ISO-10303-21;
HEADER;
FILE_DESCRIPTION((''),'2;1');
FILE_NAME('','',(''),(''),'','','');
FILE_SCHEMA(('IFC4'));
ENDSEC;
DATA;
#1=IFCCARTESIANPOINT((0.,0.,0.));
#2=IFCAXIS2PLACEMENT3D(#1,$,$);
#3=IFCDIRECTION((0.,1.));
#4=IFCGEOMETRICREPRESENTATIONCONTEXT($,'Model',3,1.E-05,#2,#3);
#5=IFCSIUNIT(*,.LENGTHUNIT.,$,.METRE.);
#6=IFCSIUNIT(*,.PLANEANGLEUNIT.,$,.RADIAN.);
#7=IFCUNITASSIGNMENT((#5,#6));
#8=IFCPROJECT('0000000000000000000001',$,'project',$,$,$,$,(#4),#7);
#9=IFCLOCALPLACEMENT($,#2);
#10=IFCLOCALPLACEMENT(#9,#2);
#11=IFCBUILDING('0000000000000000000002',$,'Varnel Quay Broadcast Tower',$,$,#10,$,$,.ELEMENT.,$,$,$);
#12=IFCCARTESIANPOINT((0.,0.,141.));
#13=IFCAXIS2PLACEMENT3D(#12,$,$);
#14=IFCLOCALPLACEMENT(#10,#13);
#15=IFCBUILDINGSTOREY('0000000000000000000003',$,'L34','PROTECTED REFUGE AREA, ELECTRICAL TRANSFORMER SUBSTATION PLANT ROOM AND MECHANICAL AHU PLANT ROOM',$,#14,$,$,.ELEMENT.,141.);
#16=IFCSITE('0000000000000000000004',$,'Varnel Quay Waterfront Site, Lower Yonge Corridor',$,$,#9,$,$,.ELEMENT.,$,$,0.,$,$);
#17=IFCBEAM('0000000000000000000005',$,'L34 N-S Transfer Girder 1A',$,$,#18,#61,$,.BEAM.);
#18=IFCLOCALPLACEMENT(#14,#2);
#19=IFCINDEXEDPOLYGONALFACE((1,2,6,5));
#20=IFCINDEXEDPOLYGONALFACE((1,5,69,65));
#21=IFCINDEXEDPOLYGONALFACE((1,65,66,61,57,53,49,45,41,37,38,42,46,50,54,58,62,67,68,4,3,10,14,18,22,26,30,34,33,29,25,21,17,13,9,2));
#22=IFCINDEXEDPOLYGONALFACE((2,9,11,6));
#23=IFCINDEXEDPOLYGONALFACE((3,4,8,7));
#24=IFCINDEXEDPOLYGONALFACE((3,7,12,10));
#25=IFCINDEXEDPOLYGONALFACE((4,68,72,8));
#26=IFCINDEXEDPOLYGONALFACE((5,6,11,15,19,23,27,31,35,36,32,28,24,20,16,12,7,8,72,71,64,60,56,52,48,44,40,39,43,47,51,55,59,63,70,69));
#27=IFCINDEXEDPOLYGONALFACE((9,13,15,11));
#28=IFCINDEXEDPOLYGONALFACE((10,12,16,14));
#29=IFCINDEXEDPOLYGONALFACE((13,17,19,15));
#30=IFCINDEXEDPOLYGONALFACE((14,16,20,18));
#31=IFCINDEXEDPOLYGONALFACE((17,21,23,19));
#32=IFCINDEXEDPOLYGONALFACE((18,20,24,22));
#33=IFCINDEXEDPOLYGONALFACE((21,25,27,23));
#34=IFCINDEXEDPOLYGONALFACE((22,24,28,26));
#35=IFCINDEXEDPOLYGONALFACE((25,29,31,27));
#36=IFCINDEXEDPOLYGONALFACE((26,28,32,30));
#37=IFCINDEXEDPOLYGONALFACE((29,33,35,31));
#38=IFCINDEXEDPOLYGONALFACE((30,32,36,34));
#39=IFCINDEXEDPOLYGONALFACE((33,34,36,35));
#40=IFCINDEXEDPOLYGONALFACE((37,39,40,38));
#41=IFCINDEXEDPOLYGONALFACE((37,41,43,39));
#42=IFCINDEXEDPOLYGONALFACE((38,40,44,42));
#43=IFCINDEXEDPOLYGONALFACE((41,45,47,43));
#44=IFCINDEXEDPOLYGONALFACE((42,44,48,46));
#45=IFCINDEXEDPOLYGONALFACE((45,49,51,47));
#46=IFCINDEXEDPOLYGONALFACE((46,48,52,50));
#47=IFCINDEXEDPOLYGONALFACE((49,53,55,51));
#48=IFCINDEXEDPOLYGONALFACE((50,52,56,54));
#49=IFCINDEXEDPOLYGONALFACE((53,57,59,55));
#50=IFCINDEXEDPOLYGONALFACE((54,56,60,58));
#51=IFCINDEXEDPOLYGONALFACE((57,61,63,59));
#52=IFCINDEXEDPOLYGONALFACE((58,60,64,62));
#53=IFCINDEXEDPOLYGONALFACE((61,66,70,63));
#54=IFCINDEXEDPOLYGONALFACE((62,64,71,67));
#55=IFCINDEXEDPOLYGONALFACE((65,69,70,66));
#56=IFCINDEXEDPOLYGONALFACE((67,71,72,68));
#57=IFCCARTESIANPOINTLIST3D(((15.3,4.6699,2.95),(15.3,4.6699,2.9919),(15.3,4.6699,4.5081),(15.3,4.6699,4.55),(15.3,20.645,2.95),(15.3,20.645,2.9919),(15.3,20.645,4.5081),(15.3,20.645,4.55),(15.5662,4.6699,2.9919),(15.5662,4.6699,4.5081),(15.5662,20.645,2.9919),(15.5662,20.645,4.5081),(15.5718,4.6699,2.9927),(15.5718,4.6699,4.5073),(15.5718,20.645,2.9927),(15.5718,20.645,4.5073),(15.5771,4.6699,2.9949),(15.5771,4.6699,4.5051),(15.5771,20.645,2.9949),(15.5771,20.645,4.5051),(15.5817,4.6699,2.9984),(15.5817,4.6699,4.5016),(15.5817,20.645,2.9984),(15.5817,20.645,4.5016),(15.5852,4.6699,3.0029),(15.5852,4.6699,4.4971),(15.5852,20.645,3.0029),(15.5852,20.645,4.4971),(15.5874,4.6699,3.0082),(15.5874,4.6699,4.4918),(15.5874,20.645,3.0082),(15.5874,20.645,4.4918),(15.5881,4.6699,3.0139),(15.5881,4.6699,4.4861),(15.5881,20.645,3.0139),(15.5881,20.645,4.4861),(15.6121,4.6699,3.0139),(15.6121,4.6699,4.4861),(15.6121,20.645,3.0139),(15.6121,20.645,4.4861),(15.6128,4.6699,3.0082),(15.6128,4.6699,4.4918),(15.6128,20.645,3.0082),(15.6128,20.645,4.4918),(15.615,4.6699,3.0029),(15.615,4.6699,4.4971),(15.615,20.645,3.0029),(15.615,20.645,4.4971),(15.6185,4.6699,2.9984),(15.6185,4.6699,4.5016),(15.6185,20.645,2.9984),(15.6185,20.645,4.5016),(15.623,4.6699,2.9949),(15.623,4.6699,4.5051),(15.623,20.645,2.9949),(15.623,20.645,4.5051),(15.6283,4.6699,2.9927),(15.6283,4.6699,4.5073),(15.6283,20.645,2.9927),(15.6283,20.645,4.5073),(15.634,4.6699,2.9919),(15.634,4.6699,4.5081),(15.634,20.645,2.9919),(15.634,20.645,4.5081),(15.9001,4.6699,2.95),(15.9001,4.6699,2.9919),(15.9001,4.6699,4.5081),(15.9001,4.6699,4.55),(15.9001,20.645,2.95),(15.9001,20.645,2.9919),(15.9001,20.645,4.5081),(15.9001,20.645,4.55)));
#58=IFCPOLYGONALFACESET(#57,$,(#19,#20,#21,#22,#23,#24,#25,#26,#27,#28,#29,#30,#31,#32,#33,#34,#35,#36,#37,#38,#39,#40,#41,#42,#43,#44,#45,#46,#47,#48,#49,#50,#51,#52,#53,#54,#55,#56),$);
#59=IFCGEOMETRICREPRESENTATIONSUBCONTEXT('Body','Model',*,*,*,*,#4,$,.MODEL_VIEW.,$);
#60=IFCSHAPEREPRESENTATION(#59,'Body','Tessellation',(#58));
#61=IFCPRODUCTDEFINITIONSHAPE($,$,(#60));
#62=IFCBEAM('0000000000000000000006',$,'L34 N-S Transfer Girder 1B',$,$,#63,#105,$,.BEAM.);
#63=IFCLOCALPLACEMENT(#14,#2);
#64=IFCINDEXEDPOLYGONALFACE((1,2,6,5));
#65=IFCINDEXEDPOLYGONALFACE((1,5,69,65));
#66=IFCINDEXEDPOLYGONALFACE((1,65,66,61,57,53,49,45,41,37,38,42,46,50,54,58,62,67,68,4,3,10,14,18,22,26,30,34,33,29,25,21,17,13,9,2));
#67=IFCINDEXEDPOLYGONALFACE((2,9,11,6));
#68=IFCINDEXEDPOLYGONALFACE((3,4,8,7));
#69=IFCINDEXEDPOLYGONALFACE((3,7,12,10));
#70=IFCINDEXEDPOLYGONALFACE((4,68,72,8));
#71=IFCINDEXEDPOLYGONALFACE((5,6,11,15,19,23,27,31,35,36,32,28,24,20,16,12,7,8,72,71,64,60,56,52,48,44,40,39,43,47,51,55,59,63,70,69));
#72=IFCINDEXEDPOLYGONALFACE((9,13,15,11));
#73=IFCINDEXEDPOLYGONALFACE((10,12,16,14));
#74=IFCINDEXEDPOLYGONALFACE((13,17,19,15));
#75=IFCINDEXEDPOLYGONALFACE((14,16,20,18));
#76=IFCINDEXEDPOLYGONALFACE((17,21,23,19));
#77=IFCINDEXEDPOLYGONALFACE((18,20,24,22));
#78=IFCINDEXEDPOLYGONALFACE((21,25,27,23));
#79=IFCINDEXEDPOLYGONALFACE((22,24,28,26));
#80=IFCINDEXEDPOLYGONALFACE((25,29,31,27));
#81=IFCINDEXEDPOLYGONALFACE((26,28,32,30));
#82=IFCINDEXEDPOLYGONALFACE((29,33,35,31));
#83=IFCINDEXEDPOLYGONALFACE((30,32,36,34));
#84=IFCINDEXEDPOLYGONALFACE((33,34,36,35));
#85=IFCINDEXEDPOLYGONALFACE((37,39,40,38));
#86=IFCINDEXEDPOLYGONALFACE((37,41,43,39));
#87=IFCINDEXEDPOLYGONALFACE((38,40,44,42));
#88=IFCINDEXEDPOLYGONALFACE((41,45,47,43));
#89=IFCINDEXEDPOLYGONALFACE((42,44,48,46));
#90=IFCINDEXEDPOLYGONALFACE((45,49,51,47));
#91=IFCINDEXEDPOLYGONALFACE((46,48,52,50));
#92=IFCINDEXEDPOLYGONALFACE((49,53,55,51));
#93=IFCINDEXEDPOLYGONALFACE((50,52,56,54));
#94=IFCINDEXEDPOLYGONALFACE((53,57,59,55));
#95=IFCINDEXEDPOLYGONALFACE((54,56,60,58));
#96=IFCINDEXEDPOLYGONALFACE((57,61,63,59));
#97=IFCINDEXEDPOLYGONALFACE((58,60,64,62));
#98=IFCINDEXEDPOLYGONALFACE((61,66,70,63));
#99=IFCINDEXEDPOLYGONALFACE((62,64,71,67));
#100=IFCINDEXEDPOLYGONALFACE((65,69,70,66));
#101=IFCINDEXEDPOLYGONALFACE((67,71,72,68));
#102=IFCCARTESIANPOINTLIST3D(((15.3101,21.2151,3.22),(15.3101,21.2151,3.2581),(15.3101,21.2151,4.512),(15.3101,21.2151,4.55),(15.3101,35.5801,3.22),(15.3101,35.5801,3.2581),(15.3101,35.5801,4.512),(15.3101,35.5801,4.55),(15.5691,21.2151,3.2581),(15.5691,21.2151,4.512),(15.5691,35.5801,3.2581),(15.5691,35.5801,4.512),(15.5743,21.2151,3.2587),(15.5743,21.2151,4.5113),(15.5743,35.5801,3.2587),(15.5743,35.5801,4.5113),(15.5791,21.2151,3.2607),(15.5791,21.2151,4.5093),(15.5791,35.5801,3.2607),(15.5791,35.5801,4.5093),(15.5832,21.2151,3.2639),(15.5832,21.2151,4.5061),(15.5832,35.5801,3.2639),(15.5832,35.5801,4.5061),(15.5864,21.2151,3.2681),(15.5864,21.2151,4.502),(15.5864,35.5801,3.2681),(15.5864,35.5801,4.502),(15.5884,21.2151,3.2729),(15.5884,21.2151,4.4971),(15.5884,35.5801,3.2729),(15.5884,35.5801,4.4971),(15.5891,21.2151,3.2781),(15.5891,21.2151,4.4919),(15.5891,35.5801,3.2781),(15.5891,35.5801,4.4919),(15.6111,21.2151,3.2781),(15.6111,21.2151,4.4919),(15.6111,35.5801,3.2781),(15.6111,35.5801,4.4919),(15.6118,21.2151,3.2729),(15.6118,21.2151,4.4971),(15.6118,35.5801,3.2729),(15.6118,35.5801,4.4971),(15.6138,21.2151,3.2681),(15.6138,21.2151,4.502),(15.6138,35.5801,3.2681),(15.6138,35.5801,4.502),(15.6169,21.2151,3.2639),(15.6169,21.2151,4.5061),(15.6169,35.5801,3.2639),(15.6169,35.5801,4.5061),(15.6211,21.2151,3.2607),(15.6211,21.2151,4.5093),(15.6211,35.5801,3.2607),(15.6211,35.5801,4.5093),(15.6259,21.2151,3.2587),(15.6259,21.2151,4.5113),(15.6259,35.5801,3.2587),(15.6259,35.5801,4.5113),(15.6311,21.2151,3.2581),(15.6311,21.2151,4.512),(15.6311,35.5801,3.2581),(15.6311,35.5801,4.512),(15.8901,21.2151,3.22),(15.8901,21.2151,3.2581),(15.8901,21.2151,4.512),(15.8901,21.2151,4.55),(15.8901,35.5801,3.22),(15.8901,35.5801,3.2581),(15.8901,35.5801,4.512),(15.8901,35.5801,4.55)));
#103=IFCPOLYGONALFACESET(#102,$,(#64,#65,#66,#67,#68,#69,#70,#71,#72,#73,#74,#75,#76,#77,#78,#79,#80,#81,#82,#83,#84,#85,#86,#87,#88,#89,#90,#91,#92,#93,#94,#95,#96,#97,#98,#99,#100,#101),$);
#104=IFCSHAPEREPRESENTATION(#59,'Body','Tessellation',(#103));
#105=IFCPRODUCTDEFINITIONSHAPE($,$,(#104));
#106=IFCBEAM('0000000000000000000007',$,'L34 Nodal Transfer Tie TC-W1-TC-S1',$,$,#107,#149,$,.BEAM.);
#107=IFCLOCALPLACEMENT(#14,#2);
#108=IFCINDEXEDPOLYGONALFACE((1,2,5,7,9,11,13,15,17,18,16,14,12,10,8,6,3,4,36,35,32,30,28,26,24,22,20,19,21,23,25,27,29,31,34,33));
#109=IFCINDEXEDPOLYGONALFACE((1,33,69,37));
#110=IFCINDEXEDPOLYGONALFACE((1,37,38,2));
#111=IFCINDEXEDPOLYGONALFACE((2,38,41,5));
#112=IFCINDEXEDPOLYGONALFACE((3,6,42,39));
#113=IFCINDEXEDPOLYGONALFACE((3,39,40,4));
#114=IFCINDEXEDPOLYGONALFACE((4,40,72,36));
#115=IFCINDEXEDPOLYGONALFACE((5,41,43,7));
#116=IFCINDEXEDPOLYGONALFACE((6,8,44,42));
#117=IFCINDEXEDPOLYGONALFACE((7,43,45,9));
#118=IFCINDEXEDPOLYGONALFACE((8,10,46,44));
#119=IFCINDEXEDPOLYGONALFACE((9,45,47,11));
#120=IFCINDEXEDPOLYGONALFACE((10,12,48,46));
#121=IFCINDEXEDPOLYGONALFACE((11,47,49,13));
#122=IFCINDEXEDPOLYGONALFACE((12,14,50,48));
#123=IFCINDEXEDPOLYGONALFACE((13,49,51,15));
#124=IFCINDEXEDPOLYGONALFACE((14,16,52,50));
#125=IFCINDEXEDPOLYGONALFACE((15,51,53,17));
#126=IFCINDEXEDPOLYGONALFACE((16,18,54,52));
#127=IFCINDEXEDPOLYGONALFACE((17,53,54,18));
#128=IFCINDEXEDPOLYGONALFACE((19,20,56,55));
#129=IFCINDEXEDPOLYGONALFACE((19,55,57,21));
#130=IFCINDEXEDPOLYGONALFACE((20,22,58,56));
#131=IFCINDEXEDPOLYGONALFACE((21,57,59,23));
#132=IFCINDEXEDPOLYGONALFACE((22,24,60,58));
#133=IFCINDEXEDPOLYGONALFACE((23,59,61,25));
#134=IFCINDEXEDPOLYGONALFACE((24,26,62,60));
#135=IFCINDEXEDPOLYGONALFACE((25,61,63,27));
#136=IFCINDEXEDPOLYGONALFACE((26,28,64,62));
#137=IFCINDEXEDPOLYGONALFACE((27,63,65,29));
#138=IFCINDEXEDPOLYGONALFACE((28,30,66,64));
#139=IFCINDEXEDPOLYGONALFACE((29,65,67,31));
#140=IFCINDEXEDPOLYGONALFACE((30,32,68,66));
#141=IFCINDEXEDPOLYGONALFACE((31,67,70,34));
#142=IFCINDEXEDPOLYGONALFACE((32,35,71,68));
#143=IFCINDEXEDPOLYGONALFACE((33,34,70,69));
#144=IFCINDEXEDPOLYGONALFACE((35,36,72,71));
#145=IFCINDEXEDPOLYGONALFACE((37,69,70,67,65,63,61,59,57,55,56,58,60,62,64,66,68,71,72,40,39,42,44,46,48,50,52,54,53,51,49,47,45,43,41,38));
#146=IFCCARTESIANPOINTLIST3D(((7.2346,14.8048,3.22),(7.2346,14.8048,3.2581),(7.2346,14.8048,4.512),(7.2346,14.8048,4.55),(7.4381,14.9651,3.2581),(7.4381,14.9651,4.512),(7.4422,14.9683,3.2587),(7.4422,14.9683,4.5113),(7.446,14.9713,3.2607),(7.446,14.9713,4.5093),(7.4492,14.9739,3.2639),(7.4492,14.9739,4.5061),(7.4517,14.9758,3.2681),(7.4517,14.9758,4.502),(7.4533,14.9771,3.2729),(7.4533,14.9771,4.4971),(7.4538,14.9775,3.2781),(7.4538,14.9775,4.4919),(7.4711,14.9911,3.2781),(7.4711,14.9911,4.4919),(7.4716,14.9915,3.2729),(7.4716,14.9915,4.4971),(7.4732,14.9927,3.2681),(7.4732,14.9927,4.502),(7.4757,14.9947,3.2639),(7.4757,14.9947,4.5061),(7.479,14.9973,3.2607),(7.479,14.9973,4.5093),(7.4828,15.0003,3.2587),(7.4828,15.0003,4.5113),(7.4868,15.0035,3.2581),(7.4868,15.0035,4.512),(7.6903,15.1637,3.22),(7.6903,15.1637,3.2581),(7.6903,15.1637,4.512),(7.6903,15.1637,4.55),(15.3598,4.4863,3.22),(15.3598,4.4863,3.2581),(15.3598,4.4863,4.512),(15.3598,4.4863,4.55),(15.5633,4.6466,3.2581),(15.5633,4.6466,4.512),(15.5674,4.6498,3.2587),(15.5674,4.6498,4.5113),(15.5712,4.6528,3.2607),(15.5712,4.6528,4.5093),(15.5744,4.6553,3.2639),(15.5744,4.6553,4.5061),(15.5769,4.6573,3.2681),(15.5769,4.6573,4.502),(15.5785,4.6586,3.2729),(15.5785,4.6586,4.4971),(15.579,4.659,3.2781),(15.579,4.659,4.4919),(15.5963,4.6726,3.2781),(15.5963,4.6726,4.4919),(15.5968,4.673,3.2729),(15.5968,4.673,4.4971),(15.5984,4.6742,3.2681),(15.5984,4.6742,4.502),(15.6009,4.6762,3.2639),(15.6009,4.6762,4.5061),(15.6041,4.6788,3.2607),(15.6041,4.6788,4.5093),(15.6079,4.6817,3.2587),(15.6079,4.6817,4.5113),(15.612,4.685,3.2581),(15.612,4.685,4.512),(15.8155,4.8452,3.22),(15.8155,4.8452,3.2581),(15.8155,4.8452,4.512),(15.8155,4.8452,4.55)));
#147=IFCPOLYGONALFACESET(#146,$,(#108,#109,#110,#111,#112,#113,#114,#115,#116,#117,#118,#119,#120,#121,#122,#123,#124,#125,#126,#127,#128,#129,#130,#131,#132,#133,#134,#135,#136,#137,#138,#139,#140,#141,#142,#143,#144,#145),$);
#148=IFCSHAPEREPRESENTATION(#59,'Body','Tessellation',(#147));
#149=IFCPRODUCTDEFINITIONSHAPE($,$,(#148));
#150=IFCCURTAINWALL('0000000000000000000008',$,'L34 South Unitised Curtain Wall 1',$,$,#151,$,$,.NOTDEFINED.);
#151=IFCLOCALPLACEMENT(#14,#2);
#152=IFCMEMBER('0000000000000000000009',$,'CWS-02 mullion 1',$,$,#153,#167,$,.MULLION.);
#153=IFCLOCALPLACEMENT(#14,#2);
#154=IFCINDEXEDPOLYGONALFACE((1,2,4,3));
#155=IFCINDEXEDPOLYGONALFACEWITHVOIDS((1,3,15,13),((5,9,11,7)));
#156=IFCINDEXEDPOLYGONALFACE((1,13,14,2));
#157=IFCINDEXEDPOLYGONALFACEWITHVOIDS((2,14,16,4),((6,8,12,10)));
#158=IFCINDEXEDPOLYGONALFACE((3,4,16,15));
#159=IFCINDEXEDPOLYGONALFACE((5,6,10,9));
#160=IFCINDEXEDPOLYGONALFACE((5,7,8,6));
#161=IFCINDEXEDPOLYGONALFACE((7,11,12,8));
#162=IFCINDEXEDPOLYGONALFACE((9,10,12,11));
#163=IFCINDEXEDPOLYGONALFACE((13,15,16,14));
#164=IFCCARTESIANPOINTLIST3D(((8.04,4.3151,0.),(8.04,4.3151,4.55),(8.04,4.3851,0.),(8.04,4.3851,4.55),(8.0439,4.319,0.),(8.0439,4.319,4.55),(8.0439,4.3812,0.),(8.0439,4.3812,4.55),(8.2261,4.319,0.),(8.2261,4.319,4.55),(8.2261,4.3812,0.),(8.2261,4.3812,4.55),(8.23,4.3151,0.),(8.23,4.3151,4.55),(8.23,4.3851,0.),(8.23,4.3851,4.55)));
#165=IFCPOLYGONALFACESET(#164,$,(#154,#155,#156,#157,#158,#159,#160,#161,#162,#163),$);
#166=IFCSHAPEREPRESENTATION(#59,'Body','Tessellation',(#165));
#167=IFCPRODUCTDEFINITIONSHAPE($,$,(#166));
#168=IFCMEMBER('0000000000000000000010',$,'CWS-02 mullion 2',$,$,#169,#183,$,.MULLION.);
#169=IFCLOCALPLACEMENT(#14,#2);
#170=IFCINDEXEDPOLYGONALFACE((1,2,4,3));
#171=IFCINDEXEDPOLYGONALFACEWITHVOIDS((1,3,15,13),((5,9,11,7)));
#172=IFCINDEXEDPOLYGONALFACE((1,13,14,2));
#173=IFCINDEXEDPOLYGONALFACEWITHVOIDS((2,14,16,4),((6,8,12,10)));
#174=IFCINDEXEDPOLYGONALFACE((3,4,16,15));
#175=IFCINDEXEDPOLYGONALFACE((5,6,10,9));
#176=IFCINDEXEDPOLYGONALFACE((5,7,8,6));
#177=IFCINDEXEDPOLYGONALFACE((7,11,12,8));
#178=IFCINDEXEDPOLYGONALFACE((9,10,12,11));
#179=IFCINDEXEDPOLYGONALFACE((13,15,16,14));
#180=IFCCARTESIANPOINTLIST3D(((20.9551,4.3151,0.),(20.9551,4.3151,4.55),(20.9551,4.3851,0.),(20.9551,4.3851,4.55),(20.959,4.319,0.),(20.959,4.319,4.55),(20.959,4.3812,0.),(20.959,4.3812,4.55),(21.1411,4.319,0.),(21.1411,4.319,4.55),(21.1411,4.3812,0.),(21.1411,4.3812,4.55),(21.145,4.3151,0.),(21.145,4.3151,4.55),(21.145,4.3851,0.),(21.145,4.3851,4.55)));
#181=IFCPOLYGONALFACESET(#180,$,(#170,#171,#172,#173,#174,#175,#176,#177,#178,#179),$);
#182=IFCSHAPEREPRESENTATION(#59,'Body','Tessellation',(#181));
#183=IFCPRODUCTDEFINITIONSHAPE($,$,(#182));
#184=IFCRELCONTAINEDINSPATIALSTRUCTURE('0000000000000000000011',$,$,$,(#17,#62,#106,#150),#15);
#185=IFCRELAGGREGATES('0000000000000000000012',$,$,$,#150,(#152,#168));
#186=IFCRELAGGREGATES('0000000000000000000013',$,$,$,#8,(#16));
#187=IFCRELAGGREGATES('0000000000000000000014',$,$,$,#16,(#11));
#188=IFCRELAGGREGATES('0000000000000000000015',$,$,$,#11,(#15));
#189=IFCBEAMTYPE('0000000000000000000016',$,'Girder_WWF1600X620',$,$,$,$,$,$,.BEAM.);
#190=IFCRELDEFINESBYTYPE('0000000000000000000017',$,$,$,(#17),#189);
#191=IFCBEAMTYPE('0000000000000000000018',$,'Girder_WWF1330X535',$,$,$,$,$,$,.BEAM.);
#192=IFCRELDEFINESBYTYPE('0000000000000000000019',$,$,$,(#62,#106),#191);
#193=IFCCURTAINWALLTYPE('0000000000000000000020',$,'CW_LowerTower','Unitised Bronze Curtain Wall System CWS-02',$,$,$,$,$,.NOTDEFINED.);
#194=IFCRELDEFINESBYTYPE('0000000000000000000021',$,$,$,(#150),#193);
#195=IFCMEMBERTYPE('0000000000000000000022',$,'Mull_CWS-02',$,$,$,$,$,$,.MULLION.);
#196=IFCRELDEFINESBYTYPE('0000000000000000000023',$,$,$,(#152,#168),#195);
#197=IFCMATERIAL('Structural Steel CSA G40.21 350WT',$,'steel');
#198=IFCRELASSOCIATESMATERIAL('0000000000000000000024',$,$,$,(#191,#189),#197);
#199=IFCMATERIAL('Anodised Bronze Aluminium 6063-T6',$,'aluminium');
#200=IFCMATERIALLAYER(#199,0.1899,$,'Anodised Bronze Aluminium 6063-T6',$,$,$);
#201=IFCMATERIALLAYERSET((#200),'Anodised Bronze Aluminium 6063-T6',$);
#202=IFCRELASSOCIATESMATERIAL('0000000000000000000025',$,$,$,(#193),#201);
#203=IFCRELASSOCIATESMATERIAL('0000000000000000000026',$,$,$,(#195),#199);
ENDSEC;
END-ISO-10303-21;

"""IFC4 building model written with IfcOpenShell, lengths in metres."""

from ifc_helpers import new_model, si_unit, direction, frame, origin, origin_2d, place, context, subcontext, project, spatial, hollow_rectangle, i_section, extrude, source, transform, mapped, material, layer, layer_set, material_profile, profile_set, type_object, type_shapes, element, aggregate, save


model = new_model("IFC4")

# Units and contexts
model_context = context("Model", 3, precision=1e-05, world=origin(), true_north=direction((0.0, 1.0)))
body_context = subcontext(model_context, "Body", "Model", "MODEL_VIEW")
ifc_project = project(units=[si_unit("LENGTHUNIT", "METRE"), si_unit("PLANEANGLEUNIT", "RADIAN")], contexts=[model_context])

# Site, building, storey
site_placement = place(None, origin())
site = spatial("IfcSite", under=ifc_project, at=site_placement, Name="Varnel Quay Waterfront Site, Lower Yonge Corridor", CompositionType="ELEMENT", RefElevation=0.0)
building_placement = place(site_placement, origin())
building = spatial("IfcBuilding", under=site, at=building_placement, Name="Varnel Quay Broadcast Tower", CompositionType="ELEMENT")
storey_placement = place(building_placement, frame((0.0, 0.0, 141.0)))
storey = spatial("IfcBuildingStorey", under=building, at=storey_placement, Name="L34", Description="PROTECTED REFUGE AREA, ELECTRICAL TRANSFORMER SUBSTATION PLANT ROOM AND MECHANICAL AHU PLANT ROOM", CompositionType="ELEMENT", Elevation=141.0)

# Beams
ifc_material_1 = material(Name="Structural Steel CSA G40.21 350WT", Category="steel")
ifc_material_profile_1 = material_profile(ifc_material_1, i_section(OverallWidth=0.5801, OverallDepth=1.3301, WebThickness=0.022, FlangeThickness=0.0381, FilletRadius=0.02, at=origin_2d()), Name="WWF1330X535")
ifc_profile_set_1 = profile_set([ifc_material_profile_1], Name="Structural Steel CSA G40.21 350WT")
beam_type_1 = type_object("IfcBeamType", Name="Girder_WWF1330X535", PredefinedType="BEAM", material=ifc_profile_set_1)
ifc_material_profile_2 = material_profile(ifc_material_1, i_section(OverallWidth=0.6001, OverallDepth=1.6001, WebThickness=0.0239, FlangeThickness=0.042, FilletRadius=0.022, at=origin_2d()), Name="WWF1600X620")
ifc_profile_set_2 = profile_set([ifc_material_profile_2], Name="Structural Steel CSA G40.21 350WT")
beam_type_2 = type_object("IfcBeamType", Name="Girder_WWF1600X620", PredefinedType="BEAM", material=ifc_profile_set_2)
shared_shape_1 = source(origin(), body_context, "Body", "SweptSolid", [
    extrude(i_section(OverallWidth=0.6001, OverallDepth=1.6001, WebThickness=0.0239, FlangeThickness=0.042, FilletRadius=0.022, at=origin_2d()), origin(), (0.0, 0.0, 1.0), 15.9751),
])
beam_1_placement = place(storey_placement, frame((15.6001, 4.6699, 3.75), z_axis=(0.0, 1.0, 0.0), x_axis=(-1.0, 0.0, 0.0)))
element("IfcBeam", 1, at=beam_1_placement, inside=storey, type_object=beam_type_2, Name="L34 N-S Transfer Girder 1A", PredefinedType="BEAM", context=body_context, shape_type="MappedRepresentation", body=[
    mapped(shared_shape_1, transform((0.0, 0.0, 0.0), x_axis=(1.0, 0.0, 0.0), y_axis=(0.0, 1.0, 0.0), z_axis=(0.0, 0.0, 1.0), scale=1.0)),
])
shared_shape_2 = source(origin(), body_context, "Body", "SweptSolid", [
    extrude(i_section(OverallWidth=0.5801, OverallDepth=1.3301, WebThickness=0.022, FlangeThickness=0.0381, FilletRadius=0.02, at=origin_2d()), origin(), (0.0, 0.0, 1.0), 14.365),
])
beam_2_placement = place(storey_placement, frame((15.6001, 21.2151, 3.885), z_axis=(0.0, 1.0, 0.0), x_axis=(-1.0, 0.0, 0.0)))
element("IfcBeam", 2, at=beam_2_placement, inside=storey, type_object=beam_type_1, Name="L34 N-S Transfer Girder 1B", PredefinedType="BEAM", context=body_context, shape_type="MappedRepresentation", body=[
    mapped(shared_shape_2, transform((0.0, 0.0, 0.0), x_axis=(1.0, 0.0, 0.0), y_axis=(0.0, 1.0, 0.0), z_axis=(0.0, 0.0, 1.0), scale=1.0)),
])
shared_shape_3 = source(origin(), body_context, "Body", "SweptSolid", [
    extrude(i_section(OverallWidth=0.5801, OverallDepth=1.3301, WebThickness=0.022, FlangeThickness=0.0381, FilletRadius=0.02, at=origin_2d()), origin(), (0.0, 0.0, 1.0), 13.1335),
])
beam_3_placement = place(storey_placement, frame((15.5876, 4.6658, 3.885), z_axis=(-0.618658, 0.785661, 0.0), x_axis=(-0.785661, -0.618658, 0.0)))
element("IfcBeam", 3, at=beam_3_placement, inside=storey, type_object=beam_type_1, Name="L34 Nodal Transfer Tie TC-W1-TC-S1", PredefinedType="BEAM", context=body_context, shape_type="MappedRepresentation", body=[
    mapped(shared_shape_3, transform((0.0, 0.0, 0.0), x_axis=(1.0, 0.0, 0.0), y_axis=(0.0, 1.0, 0.0), z_axis=(0.0, 0.0, 1.0), scale=1.0)),
])

# Curtain wall, members
ifc_material_2 = material(Name="Anodised Bronze Aluminium 6063-T6", Category="aluminium")
ifc_layer_1 = layer(ifc_material_2, 0.1899, Name="Anodised Bronze Aluminium 6063-T6")
ifc_layer_set_1 = layer_set([ifc_layer_1], Name="Anodised Bronze Aluminium 6063-T6")
curtain_wall_type_1 = type_object("IfcCurtainWallType", Name="CW_LowerTower", Description="Unitised Bronze Curtain Wall System CWS-02", PredefinedType="NOTDEFINED", material=ifc_layer_set_1)
curtain_wall_1_placement = place(storey_placement, origin())
curtain_wall_1 = element("IfcCurtainWall", 4, at=curtain_wall_1_placement, inside=storey, type_object=curtain_wall_type_1, Name="L34 South Unitised Curtain Wall 1", PredefinedType="NOTDEFINED")
ifc_material_profile_3 = material_profile(ifc_material_2, hollow_rectangle(XDim=0.0701, YDim=0.1899, WallThickness=0.0039, at=origin_2d()), Name="ALU70X190X4")
ifc_profile_set_3 = profile_set([ifc_material_profile_3], Name="Anodised Bronze Aluminium 6063-T6")
member_type_1 = type_object("IfcMemberType", Name="Mull_CWS-02", PredefinedType="MULLION", material=ifc_profile_set_3)
shared_shape_4 = source(origin(), body_context, "Body", "SweptSolid", [
    extrude(hollow_rectangle(XDim=0.0701, YDim=0.1899, WallThickness=0.0039, at=origin_2d()), origin(), (0.0, 0.0, 1.0), 4.55),
])
type_shapes(member_type_1, [shared_shape_4])
member_1_placement = place(storey_placement, frame((8.135, 4.3501, 0.0), z_axis=(0.0, 0.0, 1.0), x_axis=(0.0, 1.0, 0.0)))
member_1 = element("IfcMember", 5, at=member_1_placement, type_object=member_type_1, Name="CWS-02 mullion 1", PredefinedType="MULLION", context=body_context, shape_type="MappedRepresentation", body=[
    mapped(shared_shape_4, transform((0.0, 0.0, 0.0), x_axis=(1.0, 0.0, 0.0), y_axis=(0.0, 1.0, 0.0), z_axis=(0.0, 0.0, 1.0), scale=1.0)),
])
member_2_placement = place(storey_placement, frame((21.05, 4.3501, 0.0), z_axis=(0.0, 0.0, 1.0), x_axis=(0.0, 1.0, 0.0)))
member_2 = element("IfcMember", 6, at=member_2_placement, type_object=member_type_1, Name="CWS-02 mullion 2", PredefinedType="MULLION", context=body_context, shape_type="MappedRepresentation", body=[
    mapped(shared_shape_4, transform((0.0, 0.0, 0.0), x_axis=(1.0, 0.0, 0.0), y_axis=(0.0, 1.0, 0.0), z_axis=(0.0, 0.0, 1.0), scale=1.0)),
])

aggregate(curtain_wall_1, [member_1, member_2])

save(model, "model.ifc")
